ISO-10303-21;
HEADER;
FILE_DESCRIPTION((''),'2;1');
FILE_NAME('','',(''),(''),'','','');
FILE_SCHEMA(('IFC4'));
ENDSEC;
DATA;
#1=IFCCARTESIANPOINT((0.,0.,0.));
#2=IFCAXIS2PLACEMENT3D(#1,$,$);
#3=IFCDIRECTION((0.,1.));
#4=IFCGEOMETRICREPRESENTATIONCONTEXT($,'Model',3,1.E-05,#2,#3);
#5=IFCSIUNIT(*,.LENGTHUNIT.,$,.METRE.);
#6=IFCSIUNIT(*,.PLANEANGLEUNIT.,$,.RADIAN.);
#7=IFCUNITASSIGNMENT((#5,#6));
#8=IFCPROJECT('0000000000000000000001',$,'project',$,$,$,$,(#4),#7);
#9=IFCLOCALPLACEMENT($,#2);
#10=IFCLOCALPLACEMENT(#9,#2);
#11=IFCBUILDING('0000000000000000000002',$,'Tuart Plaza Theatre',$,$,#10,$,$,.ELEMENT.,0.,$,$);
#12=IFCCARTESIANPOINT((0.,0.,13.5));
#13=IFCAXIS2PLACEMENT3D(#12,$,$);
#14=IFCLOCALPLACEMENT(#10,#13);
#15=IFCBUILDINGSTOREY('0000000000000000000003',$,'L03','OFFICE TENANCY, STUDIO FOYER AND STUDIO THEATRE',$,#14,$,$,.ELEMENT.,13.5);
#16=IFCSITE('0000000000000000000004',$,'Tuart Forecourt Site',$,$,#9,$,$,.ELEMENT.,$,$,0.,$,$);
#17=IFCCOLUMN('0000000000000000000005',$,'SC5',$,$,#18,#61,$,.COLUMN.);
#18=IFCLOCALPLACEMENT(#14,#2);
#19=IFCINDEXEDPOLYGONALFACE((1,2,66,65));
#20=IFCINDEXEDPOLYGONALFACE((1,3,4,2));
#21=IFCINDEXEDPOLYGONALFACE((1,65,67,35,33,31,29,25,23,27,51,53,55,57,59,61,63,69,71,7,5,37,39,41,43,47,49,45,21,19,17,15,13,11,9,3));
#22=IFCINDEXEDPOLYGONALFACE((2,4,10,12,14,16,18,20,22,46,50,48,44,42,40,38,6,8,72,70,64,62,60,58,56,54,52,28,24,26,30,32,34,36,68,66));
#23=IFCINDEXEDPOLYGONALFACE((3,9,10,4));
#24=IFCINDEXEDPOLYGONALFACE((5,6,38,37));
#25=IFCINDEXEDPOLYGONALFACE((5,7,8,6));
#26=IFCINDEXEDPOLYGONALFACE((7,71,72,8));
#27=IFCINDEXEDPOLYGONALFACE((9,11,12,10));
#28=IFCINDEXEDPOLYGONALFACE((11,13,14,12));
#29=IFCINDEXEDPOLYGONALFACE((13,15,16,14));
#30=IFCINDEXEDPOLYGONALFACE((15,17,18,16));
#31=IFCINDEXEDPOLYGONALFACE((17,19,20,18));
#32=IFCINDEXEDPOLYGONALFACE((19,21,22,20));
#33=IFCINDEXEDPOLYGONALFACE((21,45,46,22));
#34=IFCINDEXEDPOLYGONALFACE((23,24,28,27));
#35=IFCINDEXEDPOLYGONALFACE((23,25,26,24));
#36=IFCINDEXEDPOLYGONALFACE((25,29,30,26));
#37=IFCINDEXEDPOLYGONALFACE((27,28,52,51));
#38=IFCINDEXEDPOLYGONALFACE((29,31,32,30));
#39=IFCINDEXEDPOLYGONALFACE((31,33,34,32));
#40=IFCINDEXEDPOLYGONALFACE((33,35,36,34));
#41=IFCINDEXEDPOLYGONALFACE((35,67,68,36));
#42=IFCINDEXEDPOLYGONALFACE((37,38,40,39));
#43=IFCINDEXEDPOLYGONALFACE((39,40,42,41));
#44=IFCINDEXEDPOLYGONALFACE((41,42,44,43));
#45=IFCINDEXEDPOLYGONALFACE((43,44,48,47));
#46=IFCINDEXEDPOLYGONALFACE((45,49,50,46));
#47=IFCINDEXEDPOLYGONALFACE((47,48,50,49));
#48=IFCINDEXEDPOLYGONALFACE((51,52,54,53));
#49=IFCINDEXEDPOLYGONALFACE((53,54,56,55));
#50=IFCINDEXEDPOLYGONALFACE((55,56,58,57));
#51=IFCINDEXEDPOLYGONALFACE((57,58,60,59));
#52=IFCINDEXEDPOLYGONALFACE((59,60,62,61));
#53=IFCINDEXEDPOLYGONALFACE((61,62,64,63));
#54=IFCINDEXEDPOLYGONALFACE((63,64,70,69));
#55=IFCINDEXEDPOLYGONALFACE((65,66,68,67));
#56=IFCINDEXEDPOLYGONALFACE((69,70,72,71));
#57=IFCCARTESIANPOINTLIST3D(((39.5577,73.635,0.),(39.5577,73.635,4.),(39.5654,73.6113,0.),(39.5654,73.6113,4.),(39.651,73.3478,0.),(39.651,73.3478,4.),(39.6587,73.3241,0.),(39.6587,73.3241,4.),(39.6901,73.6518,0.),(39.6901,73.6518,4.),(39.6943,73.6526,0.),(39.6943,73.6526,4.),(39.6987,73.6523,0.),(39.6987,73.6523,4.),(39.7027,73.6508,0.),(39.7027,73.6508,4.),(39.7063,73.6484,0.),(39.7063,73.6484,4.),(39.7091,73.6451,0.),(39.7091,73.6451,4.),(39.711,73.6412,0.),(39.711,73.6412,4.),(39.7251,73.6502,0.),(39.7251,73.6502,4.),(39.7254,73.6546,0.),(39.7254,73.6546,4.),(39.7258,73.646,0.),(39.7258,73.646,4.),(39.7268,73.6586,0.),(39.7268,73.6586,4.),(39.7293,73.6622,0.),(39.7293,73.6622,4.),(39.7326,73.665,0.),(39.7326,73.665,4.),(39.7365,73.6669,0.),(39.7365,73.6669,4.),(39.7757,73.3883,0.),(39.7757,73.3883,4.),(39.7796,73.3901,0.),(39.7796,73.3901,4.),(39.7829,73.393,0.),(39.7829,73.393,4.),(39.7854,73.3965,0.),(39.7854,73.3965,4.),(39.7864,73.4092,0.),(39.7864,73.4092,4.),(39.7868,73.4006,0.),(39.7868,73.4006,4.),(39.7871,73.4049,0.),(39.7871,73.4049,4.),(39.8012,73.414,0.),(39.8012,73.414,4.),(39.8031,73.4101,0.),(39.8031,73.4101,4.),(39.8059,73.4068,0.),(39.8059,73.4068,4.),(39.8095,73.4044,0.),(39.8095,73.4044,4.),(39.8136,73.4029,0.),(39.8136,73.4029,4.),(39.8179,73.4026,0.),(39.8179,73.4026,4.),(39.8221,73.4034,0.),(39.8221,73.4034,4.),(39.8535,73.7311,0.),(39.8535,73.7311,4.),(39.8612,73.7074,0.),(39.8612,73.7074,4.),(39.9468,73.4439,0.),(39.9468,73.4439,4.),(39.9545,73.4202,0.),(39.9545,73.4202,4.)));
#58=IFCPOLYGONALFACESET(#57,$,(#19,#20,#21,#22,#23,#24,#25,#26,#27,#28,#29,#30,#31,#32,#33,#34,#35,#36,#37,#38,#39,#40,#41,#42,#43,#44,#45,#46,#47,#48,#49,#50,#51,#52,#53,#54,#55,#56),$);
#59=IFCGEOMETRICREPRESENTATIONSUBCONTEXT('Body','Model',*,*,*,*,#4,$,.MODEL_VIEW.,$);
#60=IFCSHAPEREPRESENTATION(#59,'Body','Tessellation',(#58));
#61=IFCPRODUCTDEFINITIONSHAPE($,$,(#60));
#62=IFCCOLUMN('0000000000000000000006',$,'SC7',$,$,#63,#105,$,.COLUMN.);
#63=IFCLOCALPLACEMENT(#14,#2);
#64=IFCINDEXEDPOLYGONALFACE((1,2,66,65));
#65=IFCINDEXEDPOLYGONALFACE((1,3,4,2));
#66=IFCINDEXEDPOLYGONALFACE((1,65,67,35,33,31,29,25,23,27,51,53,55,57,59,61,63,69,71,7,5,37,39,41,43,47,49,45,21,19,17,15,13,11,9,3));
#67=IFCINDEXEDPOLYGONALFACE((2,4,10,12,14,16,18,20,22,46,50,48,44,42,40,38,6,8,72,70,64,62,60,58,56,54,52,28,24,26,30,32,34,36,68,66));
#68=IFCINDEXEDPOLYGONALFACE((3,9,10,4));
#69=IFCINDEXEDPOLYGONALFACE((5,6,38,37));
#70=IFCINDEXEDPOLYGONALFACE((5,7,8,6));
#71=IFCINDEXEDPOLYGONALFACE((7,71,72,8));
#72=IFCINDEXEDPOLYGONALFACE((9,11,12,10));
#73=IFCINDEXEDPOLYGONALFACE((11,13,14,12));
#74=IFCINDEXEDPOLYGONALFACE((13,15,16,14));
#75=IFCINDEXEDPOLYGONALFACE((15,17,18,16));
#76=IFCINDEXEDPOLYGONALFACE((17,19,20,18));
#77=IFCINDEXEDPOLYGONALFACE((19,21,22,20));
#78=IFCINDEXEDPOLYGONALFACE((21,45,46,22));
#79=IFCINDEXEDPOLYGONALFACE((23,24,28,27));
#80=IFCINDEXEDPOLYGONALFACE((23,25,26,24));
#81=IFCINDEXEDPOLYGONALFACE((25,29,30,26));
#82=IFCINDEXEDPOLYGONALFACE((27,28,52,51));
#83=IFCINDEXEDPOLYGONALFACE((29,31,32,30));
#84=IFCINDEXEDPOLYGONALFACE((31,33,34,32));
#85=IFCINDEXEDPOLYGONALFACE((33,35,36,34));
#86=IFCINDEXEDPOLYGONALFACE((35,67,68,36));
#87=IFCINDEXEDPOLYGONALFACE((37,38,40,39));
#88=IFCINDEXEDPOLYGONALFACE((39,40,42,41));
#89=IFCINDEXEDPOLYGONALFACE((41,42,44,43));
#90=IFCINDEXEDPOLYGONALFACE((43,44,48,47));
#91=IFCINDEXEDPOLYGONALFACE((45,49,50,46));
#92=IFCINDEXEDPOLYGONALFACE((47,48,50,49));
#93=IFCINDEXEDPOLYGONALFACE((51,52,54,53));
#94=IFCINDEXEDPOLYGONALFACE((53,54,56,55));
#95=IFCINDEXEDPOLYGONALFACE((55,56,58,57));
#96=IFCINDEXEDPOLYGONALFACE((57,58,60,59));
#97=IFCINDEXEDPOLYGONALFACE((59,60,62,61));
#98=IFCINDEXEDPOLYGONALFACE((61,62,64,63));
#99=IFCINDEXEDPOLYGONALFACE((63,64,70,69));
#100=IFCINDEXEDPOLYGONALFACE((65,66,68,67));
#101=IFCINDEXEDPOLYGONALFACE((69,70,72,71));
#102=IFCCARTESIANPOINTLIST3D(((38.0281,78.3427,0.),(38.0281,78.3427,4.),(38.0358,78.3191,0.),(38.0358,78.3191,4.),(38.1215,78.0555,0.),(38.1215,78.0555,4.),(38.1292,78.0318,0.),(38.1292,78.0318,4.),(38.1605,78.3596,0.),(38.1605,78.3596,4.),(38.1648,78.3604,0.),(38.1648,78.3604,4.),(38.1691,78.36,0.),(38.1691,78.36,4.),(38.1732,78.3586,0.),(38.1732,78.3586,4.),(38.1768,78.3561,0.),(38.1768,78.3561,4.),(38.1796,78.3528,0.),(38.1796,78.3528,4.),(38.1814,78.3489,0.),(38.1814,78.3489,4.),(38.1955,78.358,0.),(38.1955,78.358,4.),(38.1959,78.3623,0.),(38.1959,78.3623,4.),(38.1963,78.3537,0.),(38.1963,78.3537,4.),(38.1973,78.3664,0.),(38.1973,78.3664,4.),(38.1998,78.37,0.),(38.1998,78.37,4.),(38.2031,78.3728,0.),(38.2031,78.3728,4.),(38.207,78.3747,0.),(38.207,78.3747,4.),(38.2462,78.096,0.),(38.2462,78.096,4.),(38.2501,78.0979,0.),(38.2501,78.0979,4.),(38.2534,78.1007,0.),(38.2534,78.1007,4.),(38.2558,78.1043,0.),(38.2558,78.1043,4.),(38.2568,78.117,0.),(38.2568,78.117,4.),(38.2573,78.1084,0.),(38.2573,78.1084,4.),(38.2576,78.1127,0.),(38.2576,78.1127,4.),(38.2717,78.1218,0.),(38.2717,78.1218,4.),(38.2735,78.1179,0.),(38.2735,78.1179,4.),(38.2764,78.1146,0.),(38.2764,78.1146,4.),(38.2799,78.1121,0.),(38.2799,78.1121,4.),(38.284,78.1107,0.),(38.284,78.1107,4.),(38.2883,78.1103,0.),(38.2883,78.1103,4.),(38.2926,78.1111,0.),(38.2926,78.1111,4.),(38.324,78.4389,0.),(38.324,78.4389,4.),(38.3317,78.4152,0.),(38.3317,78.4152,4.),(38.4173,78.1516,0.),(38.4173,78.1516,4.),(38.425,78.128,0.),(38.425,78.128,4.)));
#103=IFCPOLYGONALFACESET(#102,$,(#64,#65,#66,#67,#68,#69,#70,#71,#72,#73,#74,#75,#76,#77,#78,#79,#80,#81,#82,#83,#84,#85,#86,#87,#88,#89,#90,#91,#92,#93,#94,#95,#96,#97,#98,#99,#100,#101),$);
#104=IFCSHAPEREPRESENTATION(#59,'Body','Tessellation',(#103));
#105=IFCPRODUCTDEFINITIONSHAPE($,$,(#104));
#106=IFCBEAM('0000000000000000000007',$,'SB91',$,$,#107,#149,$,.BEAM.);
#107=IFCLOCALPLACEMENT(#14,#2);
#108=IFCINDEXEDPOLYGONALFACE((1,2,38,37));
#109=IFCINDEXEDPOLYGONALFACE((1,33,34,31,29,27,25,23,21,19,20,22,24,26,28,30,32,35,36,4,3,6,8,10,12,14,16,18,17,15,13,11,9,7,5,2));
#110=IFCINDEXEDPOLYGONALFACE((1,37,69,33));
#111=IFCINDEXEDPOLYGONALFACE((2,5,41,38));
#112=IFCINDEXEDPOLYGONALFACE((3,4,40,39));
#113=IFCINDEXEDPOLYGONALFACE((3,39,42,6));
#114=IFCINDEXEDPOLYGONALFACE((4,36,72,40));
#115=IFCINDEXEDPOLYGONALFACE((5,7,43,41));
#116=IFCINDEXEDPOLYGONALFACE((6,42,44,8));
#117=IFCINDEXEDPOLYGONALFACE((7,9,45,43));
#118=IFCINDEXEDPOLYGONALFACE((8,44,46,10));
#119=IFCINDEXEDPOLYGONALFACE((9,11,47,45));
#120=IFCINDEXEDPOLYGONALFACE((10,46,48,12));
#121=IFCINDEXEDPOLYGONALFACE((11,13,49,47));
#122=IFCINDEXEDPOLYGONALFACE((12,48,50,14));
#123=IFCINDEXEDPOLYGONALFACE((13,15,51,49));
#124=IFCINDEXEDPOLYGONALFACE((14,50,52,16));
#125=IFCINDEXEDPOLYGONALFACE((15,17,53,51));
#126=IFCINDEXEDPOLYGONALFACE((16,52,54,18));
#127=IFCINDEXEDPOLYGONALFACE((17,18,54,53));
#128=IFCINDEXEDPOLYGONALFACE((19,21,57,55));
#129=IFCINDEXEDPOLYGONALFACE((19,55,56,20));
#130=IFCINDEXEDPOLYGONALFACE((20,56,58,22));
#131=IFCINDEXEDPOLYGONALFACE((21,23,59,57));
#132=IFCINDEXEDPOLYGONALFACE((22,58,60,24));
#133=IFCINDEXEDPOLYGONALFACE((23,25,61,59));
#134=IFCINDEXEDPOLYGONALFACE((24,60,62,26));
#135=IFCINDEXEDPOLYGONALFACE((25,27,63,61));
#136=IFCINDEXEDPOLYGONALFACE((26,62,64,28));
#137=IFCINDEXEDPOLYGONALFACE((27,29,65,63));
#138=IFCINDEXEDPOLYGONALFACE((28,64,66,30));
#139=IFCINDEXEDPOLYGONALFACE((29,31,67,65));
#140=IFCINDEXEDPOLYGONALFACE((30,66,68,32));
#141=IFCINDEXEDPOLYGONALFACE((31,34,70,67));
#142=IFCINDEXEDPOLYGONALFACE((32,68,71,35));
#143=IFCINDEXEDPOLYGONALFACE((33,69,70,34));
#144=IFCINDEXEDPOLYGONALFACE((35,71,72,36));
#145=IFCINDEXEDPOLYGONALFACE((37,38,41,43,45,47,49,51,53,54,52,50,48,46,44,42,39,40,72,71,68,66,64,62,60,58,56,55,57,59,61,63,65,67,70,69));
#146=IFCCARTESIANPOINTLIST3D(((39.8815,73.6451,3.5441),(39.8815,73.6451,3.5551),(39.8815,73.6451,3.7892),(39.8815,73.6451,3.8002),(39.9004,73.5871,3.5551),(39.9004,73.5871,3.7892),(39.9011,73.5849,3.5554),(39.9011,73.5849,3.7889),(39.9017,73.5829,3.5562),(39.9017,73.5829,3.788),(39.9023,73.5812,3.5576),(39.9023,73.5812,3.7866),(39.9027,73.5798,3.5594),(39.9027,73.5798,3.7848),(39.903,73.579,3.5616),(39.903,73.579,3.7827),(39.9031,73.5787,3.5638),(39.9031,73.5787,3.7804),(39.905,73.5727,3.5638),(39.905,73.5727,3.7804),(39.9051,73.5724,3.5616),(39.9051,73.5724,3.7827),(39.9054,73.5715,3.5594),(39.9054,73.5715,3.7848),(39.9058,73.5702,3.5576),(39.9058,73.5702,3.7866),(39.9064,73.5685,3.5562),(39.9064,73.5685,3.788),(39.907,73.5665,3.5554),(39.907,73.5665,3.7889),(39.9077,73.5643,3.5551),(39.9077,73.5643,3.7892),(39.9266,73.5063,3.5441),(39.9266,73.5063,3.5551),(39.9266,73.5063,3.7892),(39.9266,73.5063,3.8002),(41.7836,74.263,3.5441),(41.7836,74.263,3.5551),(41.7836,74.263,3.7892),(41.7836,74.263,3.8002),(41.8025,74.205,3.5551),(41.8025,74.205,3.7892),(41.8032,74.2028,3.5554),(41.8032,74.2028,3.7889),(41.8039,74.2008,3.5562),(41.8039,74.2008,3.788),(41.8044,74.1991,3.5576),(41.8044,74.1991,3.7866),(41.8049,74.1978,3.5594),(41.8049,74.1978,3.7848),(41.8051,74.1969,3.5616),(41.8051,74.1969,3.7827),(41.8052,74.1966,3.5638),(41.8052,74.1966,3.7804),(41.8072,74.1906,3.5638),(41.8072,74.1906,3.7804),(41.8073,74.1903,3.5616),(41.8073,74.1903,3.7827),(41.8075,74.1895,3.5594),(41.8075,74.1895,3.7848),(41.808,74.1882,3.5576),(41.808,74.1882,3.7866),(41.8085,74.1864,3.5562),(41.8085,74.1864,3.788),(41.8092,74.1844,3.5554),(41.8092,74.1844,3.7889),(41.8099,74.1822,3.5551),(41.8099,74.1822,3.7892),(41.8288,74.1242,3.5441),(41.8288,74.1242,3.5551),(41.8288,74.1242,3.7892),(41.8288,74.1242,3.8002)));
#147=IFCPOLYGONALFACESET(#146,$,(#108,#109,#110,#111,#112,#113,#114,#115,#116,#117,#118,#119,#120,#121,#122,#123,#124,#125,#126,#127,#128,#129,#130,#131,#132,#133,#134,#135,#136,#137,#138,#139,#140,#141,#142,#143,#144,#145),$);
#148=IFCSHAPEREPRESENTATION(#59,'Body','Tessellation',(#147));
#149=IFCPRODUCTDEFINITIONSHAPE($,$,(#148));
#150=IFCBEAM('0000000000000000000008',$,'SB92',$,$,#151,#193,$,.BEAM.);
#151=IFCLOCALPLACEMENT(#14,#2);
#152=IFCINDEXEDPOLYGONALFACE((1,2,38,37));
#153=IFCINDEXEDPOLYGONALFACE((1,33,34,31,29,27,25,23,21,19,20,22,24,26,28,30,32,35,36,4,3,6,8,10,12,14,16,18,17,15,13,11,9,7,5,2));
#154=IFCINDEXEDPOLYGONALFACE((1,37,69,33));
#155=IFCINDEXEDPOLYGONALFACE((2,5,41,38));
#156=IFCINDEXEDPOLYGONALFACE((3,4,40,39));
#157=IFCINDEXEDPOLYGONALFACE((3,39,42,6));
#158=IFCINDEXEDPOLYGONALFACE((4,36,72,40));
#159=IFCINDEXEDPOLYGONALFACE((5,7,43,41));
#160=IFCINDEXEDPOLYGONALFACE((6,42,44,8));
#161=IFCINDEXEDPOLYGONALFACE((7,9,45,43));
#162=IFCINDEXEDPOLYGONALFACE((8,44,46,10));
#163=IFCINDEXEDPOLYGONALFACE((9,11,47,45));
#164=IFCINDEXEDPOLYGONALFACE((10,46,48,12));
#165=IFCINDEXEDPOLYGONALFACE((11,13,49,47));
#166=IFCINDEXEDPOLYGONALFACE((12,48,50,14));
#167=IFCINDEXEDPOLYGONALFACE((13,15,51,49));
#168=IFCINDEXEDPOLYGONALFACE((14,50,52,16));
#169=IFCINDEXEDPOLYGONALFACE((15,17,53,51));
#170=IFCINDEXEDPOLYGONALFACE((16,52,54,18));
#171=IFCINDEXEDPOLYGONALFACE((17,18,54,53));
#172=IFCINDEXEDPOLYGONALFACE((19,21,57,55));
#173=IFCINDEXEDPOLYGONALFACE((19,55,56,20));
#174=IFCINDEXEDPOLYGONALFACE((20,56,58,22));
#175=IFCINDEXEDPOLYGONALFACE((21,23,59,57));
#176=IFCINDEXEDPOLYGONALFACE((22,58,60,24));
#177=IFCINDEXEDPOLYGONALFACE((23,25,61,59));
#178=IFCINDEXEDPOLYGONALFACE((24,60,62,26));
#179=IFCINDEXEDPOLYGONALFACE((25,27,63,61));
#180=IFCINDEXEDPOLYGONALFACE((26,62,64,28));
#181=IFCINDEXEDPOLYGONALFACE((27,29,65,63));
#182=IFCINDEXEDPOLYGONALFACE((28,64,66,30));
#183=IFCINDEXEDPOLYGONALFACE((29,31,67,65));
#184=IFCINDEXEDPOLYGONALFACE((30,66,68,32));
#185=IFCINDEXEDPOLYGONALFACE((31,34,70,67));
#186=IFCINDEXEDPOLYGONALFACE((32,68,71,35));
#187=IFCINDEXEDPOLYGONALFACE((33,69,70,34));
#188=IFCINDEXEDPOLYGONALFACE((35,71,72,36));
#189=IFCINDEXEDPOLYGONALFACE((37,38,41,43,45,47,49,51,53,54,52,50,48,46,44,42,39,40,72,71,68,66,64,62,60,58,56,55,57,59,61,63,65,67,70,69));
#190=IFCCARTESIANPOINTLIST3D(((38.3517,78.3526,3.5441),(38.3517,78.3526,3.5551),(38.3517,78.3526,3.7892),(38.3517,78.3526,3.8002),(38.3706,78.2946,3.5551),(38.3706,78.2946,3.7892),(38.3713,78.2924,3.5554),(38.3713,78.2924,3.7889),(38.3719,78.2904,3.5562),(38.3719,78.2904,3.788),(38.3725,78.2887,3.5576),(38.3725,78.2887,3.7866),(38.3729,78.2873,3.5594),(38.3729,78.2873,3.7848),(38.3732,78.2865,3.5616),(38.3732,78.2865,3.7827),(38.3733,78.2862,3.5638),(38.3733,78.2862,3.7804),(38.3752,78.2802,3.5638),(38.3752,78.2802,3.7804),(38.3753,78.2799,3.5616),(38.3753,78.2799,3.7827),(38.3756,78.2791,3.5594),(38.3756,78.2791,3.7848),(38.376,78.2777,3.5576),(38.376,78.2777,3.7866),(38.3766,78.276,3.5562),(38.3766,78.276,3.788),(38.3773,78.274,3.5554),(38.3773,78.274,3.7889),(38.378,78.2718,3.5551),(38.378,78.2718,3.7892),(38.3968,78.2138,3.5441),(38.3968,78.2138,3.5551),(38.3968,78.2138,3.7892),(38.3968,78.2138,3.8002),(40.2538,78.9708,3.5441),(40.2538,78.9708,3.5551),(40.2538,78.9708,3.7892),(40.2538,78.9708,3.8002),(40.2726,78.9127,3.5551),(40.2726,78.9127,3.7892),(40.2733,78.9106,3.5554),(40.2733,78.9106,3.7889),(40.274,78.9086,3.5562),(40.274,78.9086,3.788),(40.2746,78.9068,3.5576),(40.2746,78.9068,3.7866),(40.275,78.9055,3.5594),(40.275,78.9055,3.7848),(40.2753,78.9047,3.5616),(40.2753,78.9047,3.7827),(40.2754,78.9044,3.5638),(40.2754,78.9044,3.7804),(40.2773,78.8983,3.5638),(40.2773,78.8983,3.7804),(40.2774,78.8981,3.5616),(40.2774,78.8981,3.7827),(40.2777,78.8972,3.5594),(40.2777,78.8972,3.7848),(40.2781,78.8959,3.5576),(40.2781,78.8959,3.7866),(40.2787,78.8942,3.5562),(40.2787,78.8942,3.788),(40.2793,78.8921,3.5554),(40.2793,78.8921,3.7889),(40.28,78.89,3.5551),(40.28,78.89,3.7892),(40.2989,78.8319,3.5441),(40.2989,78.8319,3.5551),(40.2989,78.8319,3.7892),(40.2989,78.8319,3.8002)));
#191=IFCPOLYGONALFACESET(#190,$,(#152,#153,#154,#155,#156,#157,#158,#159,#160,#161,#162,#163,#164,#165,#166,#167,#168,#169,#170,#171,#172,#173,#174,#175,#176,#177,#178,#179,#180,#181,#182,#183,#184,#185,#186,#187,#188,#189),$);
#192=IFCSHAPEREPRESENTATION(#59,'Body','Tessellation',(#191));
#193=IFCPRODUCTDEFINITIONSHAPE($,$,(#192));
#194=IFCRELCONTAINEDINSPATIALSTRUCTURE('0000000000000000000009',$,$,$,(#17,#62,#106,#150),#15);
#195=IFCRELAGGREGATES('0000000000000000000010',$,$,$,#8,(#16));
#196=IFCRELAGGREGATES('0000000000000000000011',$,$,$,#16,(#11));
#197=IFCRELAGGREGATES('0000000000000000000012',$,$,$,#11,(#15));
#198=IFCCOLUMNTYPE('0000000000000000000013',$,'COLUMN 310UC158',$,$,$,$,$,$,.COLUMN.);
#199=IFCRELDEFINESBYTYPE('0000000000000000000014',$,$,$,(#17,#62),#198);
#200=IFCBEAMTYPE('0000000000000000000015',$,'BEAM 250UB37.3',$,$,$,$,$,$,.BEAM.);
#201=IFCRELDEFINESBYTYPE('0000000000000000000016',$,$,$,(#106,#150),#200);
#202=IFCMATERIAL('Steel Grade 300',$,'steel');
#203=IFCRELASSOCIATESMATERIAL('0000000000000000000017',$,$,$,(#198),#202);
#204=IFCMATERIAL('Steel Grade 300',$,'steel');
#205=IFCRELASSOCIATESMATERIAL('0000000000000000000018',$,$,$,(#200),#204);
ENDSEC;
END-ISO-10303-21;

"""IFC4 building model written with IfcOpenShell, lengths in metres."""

from ifc_helpers import new_model, si_unit, direction, frame, origin, origin_2d, place, context, subcontext, project, spatial, i_section, extrude, material, material_profile, profile_set, type_object, element, save


model = new_model("IFC4")

# Units and contexts
model_context = context("Model", 3, precision=1e-05, world=origin(), true_north=direction((0.0, 1.0)))
body_context = subcontext(model_context, "Body", "Model", "MODEL_VIEW")
ifc_project = project(units=[si_unit("LENGTHUNIT", "METRE"), si_unit("PLANEANGLEUNIT", "RADIAN")], contexts=[model_context])

# Site, building, storey
site_placement = place(None, origin())
site = spatial("IfcSite", under=ifc_project, at=site_placement, Name="Tuart Forecourt Site", CompositionType="ELEMENT", RefElevation=0.0)
building_placement = place(site_placement, origin())
building = spatial("IfcBuilding", under=site, at=building_placement, Name="Tuart Plaza Theatre", CompositionType="ELEMENT", ElevationOfRefHeight=0.0)
storey_placement = place(building_placement, frame((0.0, 0.0, 13.5)))
storey = spatial("IfcBuildingStorey", under=building, at=storey_placement, Name="L03", Description="OFFICE TENANCY, STUDIO FOYER AND STUDIO THEATRE", CompositionType="ELEMENT", Elevation=13.5)

# Columns
ifc_material_1 = material(Name="Steel Grade 300", Category="steel")
ifc_material_profile_1 = material_profile(ifc_material_1, i_section(OverallWidth=0.311, OverallDepth=0.3269, WebThickness=0.0156, FlangeThickness=0.0249, FilletRadius=0.0166, at=origin_2d()), Name="310UC158")
ifc_profile_set_1 = profile_set([ifc_material_profile_1], Name="Steel Grade 300")
column_type = type_object("IfcColumnType", Name="COLUMN 310UC158", PredefinedType="COLUMN", material=ifc_profile_set_1)
for number, where, z_axis, x_axis, name in (
    (1, (39.7561, 73.5276, 0.0), (0.0, 0.0, 1.0), (0.951057, 0.309017, 0.0), "SC5"),
    (2, (38.2266, 78.2354, 0.0), (0.0, 0.0, 1.0), (0.951057, 0.309017, 0.0), "SC7"),
):
    element("IfcColumn", number, at=place(storey_placement, frame(where, z_axis=z_axis, x_axis=x_axis)), inside=storey, type_object=column_type, Name=name, PredefinedType="COLUMN", context=body_context, shape_type="SweptSolid", body=[
        extrude(i_section(OverallWidth=0.311, OverallDepth=0.3269, WebThickness=0.0156, FlangeThickness=0.0249, FilletRadius=0.0166, at=origin_2d()), origin(), (0.0, 0.0, 1.0), 4.0),
    ])

# Beams
ifc_material_2 = material(Name="Steel Grade 300", Category="steel")
ifc_material_profile_2 = material_profile(ifc_material_2, i_section(OverallWidth=0.146, OverallDepth=0.2561, WebThickness=0.0063, FlangeThickness=0.011, FilletRadius=0.0088, at=origin_2d()), Name="250UB37.3")
ifc_profile_set_2 = profile_set([ifc_material_profile_2], Name="Steel Grade 300")
beam_type_1 = type_object("IfcBeamType", Name="BEAM 250UB37.3", PredefinedType="BEAM", material=ifc_profile_set_2)
for number, where, z_axis, x_axis, name in (
    (3, (39.9041, 73.5757, 3.6721), (0.951073, 0.308967, 0.0), (-0.308967, 0.951073, 0.0), "SB91"),
    (4, (38.3743, 78.2832, 3.6721), (0.951037, 0.309078, 0.0), (-0.309078, 0.951037, 0.0), "SB92"),
):
    element("IfcBeam", number, at=place(storey_placement, frame(where, z_axis=z_axis, x_axis=x_axis)), inside=storey, type_object=beam_type_1, Name=name, PredefinedType="BEAM", context=body_context, shape_type="SweptSolid", body=[
        extrude(i_section(OverallWidth=0.146, OverallDepth=0.2561, WebThickness=0.0063, FlangeThickness=0.011, FilletRadius=0.0088, at=origin_2d()), origin(), (0.0, 0.0, 1.0), 2.0),
    ])

save(model, "model.ifc")
